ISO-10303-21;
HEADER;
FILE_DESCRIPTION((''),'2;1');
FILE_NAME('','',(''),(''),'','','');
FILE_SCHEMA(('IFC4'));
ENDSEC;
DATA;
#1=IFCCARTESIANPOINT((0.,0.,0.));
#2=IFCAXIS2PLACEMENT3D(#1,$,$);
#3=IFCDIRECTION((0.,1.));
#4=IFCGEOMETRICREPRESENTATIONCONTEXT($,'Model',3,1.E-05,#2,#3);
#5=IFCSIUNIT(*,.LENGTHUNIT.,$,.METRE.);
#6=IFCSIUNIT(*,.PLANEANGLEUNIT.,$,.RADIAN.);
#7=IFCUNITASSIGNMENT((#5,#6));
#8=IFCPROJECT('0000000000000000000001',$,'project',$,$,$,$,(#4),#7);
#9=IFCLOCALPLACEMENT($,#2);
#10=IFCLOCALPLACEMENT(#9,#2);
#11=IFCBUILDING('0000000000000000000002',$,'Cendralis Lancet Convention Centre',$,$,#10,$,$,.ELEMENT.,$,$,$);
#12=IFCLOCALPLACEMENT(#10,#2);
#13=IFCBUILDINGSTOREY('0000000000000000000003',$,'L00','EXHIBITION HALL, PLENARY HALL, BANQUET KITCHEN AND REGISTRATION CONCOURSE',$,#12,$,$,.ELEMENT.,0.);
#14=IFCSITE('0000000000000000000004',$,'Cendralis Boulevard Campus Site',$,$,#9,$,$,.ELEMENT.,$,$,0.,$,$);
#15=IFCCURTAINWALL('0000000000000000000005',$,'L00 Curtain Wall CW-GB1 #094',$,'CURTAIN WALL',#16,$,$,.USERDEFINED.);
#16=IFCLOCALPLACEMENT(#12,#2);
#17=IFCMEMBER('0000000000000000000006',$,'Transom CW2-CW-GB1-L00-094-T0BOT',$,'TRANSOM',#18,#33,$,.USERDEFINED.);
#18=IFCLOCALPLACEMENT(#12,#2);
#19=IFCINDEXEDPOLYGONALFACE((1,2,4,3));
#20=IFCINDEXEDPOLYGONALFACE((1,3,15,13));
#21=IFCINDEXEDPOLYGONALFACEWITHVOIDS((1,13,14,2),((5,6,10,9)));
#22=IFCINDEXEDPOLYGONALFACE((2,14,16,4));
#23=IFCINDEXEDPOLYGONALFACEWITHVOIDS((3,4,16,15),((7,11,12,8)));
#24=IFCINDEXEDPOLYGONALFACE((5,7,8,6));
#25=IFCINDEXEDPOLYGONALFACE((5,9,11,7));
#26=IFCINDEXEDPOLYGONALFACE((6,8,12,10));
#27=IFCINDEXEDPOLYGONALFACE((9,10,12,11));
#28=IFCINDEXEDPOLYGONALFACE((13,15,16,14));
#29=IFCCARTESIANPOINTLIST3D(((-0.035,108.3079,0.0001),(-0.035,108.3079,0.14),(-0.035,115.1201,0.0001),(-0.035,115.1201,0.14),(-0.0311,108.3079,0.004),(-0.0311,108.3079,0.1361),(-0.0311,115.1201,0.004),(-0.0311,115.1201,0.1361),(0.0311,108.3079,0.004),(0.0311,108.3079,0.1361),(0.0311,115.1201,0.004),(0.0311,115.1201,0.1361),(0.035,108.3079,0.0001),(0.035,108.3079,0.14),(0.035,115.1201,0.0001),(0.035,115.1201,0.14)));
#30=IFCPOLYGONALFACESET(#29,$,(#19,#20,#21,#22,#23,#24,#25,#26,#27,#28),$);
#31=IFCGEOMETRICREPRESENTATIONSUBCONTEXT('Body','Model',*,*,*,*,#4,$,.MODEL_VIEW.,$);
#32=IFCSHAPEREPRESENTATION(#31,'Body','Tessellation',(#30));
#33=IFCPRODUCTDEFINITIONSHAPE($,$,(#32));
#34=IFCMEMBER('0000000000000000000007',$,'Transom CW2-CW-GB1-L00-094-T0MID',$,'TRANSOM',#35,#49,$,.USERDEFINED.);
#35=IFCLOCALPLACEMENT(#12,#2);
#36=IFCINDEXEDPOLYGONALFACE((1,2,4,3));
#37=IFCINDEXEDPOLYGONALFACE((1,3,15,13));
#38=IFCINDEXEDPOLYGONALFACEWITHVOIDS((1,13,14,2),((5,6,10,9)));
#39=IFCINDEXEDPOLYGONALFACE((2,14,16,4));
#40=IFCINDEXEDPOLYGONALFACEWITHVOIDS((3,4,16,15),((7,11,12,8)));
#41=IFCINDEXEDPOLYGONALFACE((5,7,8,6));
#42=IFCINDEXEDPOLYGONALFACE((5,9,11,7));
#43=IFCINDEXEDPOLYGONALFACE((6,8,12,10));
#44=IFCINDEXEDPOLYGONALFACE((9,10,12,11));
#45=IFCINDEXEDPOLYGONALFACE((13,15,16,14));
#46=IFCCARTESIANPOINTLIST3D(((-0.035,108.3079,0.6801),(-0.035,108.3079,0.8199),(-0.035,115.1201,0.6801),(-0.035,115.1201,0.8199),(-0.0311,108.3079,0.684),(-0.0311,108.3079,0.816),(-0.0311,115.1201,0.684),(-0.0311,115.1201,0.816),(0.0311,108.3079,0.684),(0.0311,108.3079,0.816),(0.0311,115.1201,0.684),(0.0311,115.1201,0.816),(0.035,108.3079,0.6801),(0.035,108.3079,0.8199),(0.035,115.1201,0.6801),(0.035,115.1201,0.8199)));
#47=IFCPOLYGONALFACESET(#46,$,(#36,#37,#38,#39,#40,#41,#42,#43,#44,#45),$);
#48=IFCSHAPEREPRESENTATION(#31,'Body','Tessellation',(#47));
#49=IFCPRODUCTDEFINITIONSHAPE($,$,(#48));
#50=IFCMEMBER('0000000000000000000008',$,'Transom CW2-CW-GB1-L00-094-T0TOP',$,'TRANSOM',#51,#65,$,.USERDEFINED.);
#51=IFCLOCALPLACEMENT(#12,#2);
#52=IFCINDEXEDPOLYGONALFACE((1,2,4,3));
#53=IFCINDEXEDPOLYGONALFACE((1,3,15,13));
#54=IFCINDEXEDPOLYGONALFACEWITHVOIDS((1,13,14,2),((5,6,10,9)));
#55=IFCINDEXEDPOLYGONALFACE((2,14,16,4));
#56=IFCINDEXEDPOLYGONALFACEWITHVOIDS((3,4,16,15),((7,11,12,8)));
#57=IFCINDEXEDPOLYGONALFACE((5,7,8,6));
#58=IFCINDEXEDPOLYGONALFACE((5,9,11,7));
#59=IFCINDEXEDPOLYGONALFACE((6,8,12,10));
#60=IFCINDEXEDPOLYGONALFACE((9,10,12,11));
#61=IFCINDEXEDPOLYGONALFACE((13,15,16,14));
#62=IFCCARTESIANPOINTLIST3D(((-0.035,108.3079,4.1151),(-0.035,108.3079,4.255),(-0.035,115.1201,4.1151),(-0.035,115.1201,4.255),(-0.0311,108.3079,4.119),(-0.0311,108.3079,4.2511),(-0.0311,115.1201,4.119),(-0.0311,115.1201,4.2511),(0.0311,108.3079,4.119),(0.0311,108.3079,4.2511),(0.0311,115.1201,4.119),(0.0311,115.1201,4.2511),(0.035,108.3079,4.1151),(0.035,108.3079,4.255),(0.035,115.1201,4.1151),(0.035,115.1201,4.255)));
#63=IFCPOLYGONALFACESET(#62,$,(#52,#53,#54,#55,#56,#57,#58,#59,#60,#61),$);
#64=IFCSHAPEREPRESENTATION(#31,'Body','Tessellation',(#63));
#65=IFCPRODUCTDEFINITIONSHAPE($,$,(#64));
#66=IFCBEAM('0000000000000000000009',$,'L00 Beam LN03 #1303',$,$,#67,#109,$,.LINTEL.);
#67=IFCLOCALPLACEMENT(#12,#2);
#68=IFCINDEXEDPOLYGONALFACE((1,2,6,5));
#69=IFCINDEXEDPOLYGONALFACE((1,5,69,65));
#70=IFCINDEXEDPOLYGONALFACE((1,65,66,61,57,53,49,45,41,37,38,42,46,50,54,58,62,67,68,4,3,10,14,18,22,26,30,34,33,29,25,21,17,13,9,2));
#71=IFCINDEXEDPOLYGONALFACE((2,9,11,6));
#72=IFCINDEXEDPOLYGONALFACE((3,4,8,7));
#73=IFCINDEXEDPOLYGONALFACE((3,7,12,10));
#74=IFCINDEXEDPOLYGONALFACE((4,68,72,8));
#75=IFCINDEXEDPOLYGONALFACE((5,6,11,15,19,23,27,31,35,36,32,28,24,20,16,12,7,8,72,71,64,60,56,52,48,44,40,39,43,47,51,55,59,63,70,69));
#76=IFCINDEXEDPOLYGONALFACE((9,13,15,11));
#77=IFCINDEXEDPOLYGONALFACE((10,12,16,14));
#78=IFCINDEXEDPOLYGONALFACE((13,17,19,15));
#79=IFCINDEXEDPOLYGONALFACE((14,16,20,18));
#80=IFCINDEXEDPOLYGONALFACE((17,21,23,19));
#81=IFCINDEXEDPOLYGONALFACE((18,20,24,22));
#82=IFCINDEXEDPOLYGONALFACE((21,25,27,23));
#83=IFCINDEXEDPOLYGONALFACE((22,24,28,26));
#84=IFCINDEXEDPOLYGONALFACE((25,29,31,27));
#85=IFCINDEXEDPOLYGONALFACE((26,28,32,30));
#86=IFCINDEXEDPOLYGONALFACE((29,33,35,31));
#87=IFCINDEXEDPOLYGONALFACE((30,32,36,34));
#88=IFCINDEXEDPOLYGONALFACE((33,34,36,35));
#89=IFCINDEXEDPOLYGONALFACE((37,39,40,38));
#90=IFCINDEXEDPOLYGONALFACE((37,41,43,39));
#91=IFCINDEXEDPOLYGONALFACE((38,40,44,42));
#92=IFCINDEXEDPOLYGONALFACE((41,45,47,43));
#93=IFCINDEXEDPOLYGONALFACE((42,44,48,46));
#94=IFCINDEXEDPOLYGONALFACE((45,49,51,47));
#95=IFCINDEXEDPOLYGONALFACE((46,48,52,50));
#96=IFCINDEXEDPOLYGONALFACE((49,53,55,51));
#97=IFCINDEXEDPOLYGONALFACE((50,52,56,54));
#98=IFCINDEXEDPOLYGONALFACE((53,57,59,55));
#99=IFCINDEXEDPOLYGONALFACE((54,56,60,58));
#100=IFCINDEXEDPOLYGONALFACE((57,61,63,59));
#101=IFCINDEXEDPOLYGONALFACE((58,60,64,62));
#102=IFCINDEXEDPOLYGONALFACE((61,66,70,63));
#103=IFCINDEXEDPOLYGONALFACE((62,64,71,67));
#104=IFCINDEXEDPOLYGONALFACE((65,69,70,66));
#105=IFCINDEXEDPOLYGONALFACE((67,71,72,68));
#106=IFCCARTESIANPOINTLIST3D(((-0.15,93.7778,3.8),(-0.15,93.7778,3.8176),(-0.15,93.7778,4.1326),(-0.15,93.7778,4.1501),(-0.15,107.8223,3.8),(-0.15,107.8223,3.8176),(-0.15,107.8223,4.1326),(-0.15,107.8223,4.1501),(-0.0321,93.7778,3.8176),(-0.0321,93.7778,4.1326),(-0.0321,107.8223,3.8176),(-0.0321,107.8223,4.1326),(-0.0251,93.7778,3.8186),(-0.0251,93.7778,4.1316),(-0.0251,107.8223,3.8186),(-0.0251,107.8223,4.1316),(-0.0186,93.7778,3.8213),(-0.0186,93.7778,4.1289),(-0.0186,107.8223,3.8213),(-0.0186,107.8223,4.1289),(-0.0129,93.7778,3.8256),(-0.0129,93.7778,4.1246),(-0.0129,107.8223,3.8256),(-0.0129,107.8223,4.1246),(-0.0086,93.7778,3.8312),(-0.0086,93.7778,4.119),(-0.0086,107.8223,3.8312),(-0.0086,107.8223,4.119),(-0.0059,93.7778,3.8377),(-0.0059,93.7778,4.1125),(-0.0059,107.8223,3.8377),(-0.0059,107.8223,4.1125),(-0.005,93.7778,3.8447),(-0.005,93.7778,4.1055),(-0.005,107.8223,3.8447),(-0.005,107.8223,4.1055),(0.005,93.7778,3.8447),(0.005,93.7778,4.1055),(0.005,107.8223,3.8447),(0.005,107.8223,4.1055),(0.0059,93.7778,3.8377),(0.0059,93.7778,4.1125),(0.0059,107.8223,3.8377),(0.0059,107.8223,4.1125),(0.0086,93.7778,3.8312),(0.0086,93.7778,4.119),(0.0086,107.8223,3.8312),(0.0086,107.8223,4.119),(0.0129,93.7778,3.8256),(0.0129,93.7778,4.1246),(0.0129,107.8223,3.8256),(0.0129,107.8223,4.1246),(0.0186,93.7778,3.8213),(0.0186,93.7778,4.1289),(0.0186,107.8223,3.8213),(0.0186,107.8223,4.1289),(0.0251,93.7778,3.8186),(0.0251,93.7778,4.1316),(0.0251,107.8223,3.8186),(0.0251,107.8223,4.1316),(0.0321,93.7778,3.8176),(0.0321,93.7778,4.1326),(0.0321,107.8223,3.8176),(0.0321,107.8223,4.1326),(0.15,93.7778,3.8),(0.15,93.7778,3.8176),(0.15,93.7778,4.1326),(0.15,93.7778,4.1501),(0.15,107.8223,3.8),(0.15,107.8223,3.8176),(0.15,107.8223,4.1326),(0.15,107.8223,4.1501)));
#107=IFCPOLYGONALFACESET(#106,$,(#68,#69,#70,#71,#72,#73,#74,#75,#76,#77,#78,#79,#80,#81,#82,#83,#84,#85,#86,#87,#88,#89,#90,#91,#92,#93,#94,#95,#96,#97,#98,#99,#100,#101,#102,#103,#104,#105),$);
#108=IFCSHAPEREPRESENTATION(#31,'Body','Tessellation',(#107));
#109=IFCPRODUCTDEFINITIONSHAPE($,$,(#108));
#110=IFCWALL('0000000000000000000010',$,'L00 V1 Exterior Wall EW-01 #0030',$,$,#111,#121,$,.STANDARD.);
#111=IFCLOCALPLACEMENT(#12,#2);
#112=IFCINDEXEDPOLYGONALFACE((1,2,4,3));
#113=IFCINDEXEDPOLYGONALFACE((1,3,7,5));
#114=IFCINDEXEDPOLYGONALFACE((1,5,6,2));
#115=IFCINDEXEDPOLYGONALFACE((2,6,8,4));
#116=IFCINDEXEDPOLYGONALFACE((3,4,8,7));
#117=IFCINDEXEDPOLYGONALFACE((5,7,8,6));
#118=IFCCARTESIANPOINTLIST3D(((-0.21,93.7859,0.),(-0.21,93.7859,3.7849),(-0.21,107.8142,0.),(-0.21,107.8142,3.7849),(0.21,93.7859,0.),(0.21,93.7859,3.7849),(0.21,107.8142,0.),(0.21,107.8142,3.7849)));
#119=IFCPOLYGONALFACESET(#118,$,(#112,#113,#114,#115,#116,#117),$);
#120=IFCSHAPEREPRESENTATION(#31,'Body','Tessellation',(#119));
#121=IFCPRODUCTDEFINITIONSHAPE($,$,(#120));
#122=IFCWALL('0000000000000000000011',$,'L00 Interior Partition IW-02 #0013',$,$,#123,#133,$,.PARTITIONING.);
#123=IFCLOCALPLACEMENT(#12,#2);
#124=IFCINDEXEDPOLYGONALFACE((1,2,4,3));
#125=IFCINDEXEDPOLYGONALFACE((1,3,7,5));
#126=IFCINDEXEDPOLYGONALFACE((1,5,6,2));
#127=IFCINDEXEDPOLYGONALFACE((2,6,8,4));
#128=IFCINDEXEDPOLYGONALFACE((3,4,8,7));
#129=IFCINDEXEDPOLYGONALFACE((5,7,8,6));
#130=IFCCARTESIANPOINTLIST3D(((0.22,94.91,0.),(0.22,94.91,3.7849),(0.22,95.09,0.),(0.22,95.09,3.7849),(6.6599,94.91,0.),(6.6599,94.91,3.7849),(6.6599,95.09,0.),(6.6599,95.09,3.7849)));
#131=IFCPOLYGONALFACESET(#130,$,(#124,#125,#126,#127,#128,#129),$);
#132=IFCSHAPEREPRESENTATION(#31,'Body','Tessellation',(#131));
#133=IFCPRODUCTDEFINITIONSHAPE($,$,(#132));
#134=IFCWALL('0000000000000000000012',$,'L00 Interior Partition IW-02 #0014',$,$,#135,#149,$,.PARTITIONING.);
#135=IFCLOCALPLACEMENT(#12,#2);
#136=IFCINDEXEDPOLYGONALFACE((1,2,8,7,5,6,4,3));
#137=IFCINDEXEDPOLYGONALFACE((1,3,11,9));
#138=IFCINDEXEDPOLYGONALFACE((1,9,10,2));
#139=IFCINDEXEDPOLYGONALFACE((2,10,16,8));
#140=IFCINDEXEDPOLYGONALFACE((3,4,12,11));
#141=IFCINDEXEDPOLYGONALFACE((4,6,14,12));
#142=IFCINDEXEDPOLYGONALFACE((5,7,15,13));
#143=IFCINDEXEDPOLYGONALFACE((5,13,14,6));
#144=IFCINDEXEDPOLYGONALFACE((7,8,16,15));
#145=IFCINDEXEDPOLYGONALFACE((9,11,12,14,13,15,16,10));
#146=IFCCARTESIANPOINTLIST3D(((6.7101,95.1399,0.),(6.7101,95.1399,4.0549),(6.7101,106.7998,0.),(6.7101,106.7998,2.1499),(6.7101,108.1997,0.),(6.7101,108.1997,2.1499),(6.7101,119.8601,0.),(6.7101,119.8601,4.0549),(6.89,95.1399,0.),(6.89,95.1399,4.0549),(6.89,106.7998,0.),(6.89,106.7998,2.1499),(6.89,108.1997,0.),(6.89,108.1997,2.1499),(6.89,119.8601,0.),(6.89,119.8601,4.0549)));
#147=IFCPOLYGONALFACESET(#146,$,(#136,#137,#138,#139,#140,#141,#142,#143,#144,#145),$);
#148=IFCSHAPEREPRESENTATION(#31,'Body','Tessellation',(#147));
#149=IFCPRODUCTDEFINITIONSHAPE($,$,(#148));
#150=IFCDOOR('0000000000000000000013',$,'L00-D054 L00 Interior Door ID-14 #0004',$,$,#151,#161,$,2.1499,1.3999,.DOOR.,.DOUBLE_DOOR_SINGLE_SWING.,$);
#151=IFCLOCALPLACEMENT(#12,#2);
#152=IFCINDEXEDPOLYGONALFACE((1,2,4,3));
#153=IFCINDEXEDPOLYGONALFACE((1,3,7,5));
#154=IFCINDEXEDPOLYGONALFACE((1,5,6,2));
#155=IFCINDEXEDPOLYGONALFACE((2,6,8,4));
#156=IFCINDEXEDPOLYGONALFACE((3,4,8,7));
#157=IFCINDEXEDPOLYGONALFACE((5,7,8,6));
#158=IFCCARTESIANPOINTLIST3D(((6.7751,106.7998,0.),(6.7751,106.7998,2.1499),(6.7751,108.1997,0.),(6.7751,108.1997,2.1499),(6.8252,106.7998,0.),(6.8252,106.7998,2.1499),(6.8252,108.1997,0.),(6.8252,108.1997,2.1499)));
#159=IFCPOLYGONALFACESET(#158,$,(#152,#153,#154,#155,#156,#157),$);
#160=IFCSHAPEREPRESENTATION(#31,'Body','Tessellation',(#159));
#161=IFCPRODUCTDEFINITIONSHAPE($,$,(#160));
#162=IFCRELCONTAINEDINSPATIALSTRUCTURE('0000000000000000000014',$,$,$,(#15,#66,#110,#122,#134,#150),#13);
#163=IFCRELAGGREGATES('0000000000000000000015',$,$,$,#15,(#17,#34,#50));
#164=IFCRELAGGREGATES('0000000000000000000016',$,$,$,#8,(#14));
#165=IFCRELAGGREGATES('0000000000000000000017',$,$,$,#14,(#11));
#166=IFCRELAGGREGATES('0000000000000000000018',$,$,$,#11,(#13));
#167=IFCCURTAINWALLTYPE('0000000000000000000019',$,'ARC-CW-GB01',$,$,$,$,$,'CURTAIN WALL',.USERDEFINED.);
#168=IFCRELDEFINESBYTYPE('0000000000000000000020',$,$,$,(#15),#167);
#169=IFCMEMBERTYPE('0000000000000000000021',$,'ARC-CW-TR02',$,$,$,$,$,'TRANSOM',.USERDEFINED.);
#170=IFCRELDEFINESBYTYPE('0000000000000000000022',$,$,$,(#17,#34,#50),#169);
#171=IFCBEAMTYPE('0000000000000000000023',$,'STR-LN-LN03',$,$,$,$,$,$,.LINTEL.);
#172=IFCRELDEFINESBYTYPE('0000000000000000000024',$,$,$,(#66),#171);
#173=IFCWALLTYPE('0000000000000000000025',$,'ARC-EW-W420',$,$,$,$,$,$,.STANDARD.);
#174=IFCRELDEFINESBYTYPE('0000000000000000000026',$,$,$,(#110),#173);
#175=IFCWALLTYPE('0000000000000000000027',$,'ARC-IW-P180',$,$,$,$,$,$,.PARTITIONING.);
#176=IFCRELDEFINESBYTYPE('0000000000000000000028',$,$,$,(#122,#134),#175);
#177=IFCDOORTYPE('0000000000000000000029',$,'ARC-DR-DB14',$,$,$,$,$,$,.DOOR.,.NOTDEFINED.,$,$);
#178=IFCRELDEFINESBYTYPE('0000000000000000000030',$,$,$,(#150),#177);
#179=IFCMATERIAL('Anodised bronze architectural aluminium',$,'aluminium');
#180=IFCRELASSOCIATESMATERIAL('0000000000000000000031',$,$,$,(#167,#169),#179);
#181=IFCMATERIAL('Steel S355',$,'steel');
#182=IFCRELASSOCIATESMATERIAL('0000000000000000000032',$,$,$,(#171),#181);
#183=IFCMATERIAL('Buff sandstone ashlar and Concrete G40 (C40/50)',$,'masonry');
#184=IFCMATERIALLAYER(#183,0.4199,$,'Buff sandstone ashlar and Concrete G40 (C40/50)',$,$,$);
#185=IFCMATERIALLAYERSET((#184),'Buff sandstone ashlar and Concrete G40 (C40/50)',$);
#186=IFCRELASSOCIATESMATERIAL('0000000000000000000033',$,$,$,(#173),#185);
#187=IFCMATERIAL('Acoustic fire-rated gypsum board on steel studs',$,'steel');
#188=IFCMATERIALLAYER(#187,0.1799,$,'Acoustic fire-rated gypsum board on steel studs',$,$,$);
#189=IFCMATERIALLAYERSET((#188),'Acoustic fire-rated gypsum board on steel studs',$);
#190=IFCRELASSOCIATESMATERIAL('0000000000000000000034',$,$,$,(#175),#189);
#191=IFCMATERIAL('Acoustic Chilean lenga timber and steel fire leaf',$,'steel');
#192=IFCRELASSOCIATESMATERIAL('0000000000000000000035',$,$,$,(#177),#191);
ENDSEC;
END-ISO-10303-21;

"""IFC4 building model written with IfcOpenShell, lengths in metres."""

from ifc_helpers import new_model, si_unit, direction, frame, frame_2d, origin, origin_2d, place, context, subcontext, project, spatial, rectangle, hollow_rectangle, i_section, extrude, material, layer, layer_set, material_profile, profile_set, type_object, element, fill, aggregate, save


model = new_model("IFC4")

# Units and contexts
model_context = context("Model", 3, precision=1e-05, world=origin(), true_north=direction((0.0, 1.0)))
body_context = subcontext(model_context, "Body", "Model", "MODEL_VIEW")
ifc_project = project(units=[si_unit("LENGTHUNIT", "METRE"), si_unit("PLANEANGLEUNIT", "RADIAN")], contexts=[model_context])

# Site, building, storey
site_placement = place(None, origin())
site = spatial("IfcSite", under=ifc_project, at=site_placement, Name="Cendralis Boulevard Campus Site", CompositionType="ELEMENT", RefElevation=0.0)
building_placement = place(site_placement, origin())
building = spatial("IfcBuilding", under=site, at=building_placement, Name="Cendralis Lancet Convention Centre", CompositionType="ELEMENT")
storey_placement = place(building_placement, origin())
storey = spatial("IfcBuildingStorey", under=building, at=storey_placement, Name="L00", Description="EXHIBITION HALL, PLENARY HALL, BANQUET KITCHEN AND REGISTRATION CONCOURSE", CompositionType="ELEMENT", Elevation=0.0)

# Shared definitions
ifc_material_1 = material(Name="Steel S355", Category="steel")

# Curtain wall, members
ifc_material_2 = material(Name="Anodised bronze architectural aluminium", Category="aluminium")
curtain_wall_type = type_object("IfcCurtainWallType", Name="ARC-CW-GB01", ElementType="CURTAIN WALL", PredefinedType="USERDEFINED", material=ifc_material_2)
curtain_wall_placement = place(storey_placement, origin())
curtain_wall = element("IfcCurtainWall", 1, at=curtain_wall_placement, inside=storey, type_object=curtain_wall_type, Name="L00 Curtain Wall CW-GB1 #094", ObjectType="CURTAIN WALL", PredefinedType="USERDEFINED")
ifc_material_profile_1 = material_profile(ifc_material_2, hollow_rectangle(XDim=0.0701, YDim=0.1399, WallThickness=0.0039, at=origin_2d()), Name="AL-TRAN 70x140x4.0")
ifc_profile_set_1 = profile_set([ifc_material_profile_1], Name="Anodised bronze architectural aluminium")
member_type_1 = type_object("IfcMemberType", Name="ARC-CW-TR02", ElementType="TRANSOM", PredefinedType="USERDEFINED", material=ifc_profile_set_1)
member_1_placement = place(storey_placement, frame((0.0, 108.3079, 0.0701), z_axis=(0.0, 1.0, 0.0), x_axis=(-1.0, 0.0, 0.0)))
member_1 = element("IfcMember", 2, at=member_1_placement, type_object=member_type_1, Name="Transom CW2-CW-GB1-L00-094-T0BOT", ObjectType="TRANSOM", PredefinedType="USERDEFINED", context=body_context, shape_type="SweptSolid", body=[
    extrude(hollow_rectangle(XDim=0.0701, YDim=0.1399, WallThickness=0.0039, at=origin_2d()), origin(), (0.0, 0.0, 1.0), 6.8123),
])
member_2_placement = place(storey_placement, frame((0.0, 108.3079, 0.75), z_axis=(0.0, 1.0, 0.0), x_axis=(-1.0, 0.0, 0.0)))
member_2 = element("IfcMember", 3, at=member_2_placement, type_object=member_type_1, Name="Transom CW2-CW-GB1-L00-094-T0MID", ObjectType="TRANSOM", PredefinedType="USERDEFINED", context=body_context, shape_type="SweptSolid", body=[
    extrude(hollow_rectangle(XDim=0.0701, YDim=0.1399, WallThickness=0.0039, at=origin_2d()), origin(), (0.0, 0.0, 1.0), 6.8123),
])
member_3_placement = place(storey_placement, frame((0.0, 108.3079, 4.1851), z_axis=(0.0, 1.0, 0.0), x_axis=(-1.0, 0.0, 0.0)))
member_3 = element("IfcMember", 4, at=member_3_placement, type_object=member_type_1, Name="Transom CW2-CW-GB1-L00-094-T0TOP", ObjectType="TRANSOM", PredefinedType="USERDEFINED", context=body_context, shape_type="SweptSolid", body=[
    extrude(hollow_rectangle(XDim=0.0701, YDim=0.1399, WallThickness=0.0039, at=origin_2d()), origin(), (0.0, 0.0, 1.0), 6.8123),
])
aggregate(curtain_wall, [member_1, member_2, member_3])

# Beam
ifc_material_profile_2 = material_profile(ifc_material_1, i_section(OverallWidth=0.3, OverallDepth=0.3501, WebThickness=0.01, FlangeThickness=0.0176, FilletRadius=0.0271, at=origin_2d()), Name="HEA 360")
ifc_profile_set_2 = profile_set([ifc_material_profile_2], Name="Steel S355")
beam_type = type_object("IfcBeamType", Name="STR-LN-LN03", PredefinedType="LINTEL", material=ifc_profile_set_2)
beam_placement = place(storey_placement, frame((0.0, 93.7778, 3.9751), z_axis=(0.0, 1.0, 0.0), x_axis=(-1.0, 0.0, 0.0)))
element("IfcBeam", 5, at=beam_placement, inside=storey, type_object=beam_type, Name="L00 Beam LN03 #1303", PredefinedType="LINTEL", context=body_context, shape_type="SweptSolid", body=[
    extrude(i_section(OverallWidth=0.3, OverallDepth=0.3501, WebThickness=0.01, FlangeThickness=0.0176, FilletRadius=0.0271, at=origin_2d()), origin(), (0.0, 0.0, 1.0), 14.0444),
])

# Walls
ifc_material_3 = material(Name="Buff sandstone ashlar and Concrete G40 (C40/50)", Category="masonry")
ifc_layer_1 = layer(ifc_material_3, 0.4199, Name="Buff sandstone ashlar and Concrete G40 (C40/50)")
ifc_layer_set_1 = layer_set([ifc_layer_1], Name="Buff sandstone ashlar and Concrete G40 (C40/50)")
wall_type_1 = type_object("IfcWallType", Name="ARC-EW-W420", PredefinedType="STANDARD", material=ifc_layer_set_1)
wall_1_placement = place(storey_placement, frame((0.0, 93.7859, 0.0), z_axis=(0.0, 0.0, 1.0), x_axis=(0.0, 1.0, 0.0)))
element("IfcWall", 6, at=wall_1_placement, inside=storey, type_object=wall_type_1, Name="L00 V1 Exterior Wall EW-01 #0030", PredefinedType="STANDARD", context=body_context, shape_type="SweptSolid", body=[
    extrude(rectangle(XDim=14.0283, YDim=0.4199, at=frame_2d((7.0142, 0.0))), origin(), (0.0, 0.0, 1.0), 3.7849),
])
ifc_material_4 = material(Name="Acoustic fire-rated gypsum board on steel studs", Category="steel")
ifc_layer_2 = layer(ifc_material_4, 0.1799, Name="Acoustic fire-rated gypsum board on steel studs")
ifc_layer_set_2 = layer_set([ifc_layer_2], Name="Acoustic fire-rated gypsum board on steel studs")
wall_type_2 = type_object("IfcWallType", Name="ARC-IW-P180", PredefinedType="PARTITIONING", material=ifc_layer_set_2)
wall_2_placement = place(storey_placement, frame((0.22, 95.0, 0.0), z_axis=(0.0, 0.0, 1.0), x_axis=(1.0, 0.0, 0.0)))
element("IfcWall", 7, at=wall_2_placement, inside=storey, type_object=wall_type_2, Name="L00 Interior Partition IW-02 #0013", PredefinedType="PARTITIONING", context=body_context, shape_type="SweptSolid", body=[
    extrude(rectangle(XDim=6.4399, YDim=0.1799, at=frame_2d((3.22, 0.0))), origin(), (0.0, 0.0, 1.0), 3.7849),
])

# Wall, opening, door
wall_3_placement = place(storey_placement, frame((6.8, 95.1399, 0.0), z_axis=(0.0, 0.0, 1.0), x_axis=(0.0, 1.0, 0.0)))
wall_3 = element("IfcWall", 8, at=wall_3_placement, inside=storey, type_object=wall_type_2, Name="L00 Interior Partition IW-02 #0014", PredefinedType="PARTITIONING", context=body_context, shape_type="SweptSolid", body=[
    extrude(rectangle(XDim=24.7202, YDim=0.1799, at=frame_2d((12.3601, 0.0))), origin(), (0.0, 0.0, 1.0), 4.0549),
])
opening_placement = place(wall_3_placement, frame((11.6599, 0.0, 0.0)))
opening = element("IfcOpeningElement", 9, at=opening_placement, cuts=wall_3, PredefinedType="OPENING", context=body_context, shape_type="SweptSolid", body=[
    extrude(rectangle(XDim=1.3999, YDim=2.1499, at=frame_2d((0.7, 1.075))), frame((0.0, 0.0999, 0.0), z_axis=(0.0, -1.0, 0.0), x_axis=(1.0, 0.0, 0.0)), (0.0, 0.0, 1.0), 0.2),
])
ifc_material_5 = material(Name="Acoustic Chilean lenga timber and steel fire leaf", Category="steel")
door_type = type_object("IfcDoorType", Name="ARC-DR-DB14", OperationType="NOTDEFINED", PredefinedType="DOOR", material=ifc_material_5)
door_placement = place(opening_placement, origin())
door = element("IfcDoor", 10, at=door_placement, inside=storey, type_object=door_type, Name="L00-D054 L00 Interior Door ID-14 #0004", OperationType="DOUBLE_DOOR_SINGLE_SWING", OverallHeight=2.1499, OverallWidth=1.3999, PredefinedType="DOOR", context=body_context, shape_type="SweptSolid", body=[
    extrude(rectangle(XDim=1.3999, YDim=2.1499, at=frame_2d((0.7, 1.075))), frame((0.0, 0.0249, 0.0), z_axis=(0.0, -1.0, 0.0), x_axis=(1.0, 0.0, 0.0)), (0.0, 0.0, 1.0), 0.05),
])
fill(opening, door)

save(model, "model.ifc")
